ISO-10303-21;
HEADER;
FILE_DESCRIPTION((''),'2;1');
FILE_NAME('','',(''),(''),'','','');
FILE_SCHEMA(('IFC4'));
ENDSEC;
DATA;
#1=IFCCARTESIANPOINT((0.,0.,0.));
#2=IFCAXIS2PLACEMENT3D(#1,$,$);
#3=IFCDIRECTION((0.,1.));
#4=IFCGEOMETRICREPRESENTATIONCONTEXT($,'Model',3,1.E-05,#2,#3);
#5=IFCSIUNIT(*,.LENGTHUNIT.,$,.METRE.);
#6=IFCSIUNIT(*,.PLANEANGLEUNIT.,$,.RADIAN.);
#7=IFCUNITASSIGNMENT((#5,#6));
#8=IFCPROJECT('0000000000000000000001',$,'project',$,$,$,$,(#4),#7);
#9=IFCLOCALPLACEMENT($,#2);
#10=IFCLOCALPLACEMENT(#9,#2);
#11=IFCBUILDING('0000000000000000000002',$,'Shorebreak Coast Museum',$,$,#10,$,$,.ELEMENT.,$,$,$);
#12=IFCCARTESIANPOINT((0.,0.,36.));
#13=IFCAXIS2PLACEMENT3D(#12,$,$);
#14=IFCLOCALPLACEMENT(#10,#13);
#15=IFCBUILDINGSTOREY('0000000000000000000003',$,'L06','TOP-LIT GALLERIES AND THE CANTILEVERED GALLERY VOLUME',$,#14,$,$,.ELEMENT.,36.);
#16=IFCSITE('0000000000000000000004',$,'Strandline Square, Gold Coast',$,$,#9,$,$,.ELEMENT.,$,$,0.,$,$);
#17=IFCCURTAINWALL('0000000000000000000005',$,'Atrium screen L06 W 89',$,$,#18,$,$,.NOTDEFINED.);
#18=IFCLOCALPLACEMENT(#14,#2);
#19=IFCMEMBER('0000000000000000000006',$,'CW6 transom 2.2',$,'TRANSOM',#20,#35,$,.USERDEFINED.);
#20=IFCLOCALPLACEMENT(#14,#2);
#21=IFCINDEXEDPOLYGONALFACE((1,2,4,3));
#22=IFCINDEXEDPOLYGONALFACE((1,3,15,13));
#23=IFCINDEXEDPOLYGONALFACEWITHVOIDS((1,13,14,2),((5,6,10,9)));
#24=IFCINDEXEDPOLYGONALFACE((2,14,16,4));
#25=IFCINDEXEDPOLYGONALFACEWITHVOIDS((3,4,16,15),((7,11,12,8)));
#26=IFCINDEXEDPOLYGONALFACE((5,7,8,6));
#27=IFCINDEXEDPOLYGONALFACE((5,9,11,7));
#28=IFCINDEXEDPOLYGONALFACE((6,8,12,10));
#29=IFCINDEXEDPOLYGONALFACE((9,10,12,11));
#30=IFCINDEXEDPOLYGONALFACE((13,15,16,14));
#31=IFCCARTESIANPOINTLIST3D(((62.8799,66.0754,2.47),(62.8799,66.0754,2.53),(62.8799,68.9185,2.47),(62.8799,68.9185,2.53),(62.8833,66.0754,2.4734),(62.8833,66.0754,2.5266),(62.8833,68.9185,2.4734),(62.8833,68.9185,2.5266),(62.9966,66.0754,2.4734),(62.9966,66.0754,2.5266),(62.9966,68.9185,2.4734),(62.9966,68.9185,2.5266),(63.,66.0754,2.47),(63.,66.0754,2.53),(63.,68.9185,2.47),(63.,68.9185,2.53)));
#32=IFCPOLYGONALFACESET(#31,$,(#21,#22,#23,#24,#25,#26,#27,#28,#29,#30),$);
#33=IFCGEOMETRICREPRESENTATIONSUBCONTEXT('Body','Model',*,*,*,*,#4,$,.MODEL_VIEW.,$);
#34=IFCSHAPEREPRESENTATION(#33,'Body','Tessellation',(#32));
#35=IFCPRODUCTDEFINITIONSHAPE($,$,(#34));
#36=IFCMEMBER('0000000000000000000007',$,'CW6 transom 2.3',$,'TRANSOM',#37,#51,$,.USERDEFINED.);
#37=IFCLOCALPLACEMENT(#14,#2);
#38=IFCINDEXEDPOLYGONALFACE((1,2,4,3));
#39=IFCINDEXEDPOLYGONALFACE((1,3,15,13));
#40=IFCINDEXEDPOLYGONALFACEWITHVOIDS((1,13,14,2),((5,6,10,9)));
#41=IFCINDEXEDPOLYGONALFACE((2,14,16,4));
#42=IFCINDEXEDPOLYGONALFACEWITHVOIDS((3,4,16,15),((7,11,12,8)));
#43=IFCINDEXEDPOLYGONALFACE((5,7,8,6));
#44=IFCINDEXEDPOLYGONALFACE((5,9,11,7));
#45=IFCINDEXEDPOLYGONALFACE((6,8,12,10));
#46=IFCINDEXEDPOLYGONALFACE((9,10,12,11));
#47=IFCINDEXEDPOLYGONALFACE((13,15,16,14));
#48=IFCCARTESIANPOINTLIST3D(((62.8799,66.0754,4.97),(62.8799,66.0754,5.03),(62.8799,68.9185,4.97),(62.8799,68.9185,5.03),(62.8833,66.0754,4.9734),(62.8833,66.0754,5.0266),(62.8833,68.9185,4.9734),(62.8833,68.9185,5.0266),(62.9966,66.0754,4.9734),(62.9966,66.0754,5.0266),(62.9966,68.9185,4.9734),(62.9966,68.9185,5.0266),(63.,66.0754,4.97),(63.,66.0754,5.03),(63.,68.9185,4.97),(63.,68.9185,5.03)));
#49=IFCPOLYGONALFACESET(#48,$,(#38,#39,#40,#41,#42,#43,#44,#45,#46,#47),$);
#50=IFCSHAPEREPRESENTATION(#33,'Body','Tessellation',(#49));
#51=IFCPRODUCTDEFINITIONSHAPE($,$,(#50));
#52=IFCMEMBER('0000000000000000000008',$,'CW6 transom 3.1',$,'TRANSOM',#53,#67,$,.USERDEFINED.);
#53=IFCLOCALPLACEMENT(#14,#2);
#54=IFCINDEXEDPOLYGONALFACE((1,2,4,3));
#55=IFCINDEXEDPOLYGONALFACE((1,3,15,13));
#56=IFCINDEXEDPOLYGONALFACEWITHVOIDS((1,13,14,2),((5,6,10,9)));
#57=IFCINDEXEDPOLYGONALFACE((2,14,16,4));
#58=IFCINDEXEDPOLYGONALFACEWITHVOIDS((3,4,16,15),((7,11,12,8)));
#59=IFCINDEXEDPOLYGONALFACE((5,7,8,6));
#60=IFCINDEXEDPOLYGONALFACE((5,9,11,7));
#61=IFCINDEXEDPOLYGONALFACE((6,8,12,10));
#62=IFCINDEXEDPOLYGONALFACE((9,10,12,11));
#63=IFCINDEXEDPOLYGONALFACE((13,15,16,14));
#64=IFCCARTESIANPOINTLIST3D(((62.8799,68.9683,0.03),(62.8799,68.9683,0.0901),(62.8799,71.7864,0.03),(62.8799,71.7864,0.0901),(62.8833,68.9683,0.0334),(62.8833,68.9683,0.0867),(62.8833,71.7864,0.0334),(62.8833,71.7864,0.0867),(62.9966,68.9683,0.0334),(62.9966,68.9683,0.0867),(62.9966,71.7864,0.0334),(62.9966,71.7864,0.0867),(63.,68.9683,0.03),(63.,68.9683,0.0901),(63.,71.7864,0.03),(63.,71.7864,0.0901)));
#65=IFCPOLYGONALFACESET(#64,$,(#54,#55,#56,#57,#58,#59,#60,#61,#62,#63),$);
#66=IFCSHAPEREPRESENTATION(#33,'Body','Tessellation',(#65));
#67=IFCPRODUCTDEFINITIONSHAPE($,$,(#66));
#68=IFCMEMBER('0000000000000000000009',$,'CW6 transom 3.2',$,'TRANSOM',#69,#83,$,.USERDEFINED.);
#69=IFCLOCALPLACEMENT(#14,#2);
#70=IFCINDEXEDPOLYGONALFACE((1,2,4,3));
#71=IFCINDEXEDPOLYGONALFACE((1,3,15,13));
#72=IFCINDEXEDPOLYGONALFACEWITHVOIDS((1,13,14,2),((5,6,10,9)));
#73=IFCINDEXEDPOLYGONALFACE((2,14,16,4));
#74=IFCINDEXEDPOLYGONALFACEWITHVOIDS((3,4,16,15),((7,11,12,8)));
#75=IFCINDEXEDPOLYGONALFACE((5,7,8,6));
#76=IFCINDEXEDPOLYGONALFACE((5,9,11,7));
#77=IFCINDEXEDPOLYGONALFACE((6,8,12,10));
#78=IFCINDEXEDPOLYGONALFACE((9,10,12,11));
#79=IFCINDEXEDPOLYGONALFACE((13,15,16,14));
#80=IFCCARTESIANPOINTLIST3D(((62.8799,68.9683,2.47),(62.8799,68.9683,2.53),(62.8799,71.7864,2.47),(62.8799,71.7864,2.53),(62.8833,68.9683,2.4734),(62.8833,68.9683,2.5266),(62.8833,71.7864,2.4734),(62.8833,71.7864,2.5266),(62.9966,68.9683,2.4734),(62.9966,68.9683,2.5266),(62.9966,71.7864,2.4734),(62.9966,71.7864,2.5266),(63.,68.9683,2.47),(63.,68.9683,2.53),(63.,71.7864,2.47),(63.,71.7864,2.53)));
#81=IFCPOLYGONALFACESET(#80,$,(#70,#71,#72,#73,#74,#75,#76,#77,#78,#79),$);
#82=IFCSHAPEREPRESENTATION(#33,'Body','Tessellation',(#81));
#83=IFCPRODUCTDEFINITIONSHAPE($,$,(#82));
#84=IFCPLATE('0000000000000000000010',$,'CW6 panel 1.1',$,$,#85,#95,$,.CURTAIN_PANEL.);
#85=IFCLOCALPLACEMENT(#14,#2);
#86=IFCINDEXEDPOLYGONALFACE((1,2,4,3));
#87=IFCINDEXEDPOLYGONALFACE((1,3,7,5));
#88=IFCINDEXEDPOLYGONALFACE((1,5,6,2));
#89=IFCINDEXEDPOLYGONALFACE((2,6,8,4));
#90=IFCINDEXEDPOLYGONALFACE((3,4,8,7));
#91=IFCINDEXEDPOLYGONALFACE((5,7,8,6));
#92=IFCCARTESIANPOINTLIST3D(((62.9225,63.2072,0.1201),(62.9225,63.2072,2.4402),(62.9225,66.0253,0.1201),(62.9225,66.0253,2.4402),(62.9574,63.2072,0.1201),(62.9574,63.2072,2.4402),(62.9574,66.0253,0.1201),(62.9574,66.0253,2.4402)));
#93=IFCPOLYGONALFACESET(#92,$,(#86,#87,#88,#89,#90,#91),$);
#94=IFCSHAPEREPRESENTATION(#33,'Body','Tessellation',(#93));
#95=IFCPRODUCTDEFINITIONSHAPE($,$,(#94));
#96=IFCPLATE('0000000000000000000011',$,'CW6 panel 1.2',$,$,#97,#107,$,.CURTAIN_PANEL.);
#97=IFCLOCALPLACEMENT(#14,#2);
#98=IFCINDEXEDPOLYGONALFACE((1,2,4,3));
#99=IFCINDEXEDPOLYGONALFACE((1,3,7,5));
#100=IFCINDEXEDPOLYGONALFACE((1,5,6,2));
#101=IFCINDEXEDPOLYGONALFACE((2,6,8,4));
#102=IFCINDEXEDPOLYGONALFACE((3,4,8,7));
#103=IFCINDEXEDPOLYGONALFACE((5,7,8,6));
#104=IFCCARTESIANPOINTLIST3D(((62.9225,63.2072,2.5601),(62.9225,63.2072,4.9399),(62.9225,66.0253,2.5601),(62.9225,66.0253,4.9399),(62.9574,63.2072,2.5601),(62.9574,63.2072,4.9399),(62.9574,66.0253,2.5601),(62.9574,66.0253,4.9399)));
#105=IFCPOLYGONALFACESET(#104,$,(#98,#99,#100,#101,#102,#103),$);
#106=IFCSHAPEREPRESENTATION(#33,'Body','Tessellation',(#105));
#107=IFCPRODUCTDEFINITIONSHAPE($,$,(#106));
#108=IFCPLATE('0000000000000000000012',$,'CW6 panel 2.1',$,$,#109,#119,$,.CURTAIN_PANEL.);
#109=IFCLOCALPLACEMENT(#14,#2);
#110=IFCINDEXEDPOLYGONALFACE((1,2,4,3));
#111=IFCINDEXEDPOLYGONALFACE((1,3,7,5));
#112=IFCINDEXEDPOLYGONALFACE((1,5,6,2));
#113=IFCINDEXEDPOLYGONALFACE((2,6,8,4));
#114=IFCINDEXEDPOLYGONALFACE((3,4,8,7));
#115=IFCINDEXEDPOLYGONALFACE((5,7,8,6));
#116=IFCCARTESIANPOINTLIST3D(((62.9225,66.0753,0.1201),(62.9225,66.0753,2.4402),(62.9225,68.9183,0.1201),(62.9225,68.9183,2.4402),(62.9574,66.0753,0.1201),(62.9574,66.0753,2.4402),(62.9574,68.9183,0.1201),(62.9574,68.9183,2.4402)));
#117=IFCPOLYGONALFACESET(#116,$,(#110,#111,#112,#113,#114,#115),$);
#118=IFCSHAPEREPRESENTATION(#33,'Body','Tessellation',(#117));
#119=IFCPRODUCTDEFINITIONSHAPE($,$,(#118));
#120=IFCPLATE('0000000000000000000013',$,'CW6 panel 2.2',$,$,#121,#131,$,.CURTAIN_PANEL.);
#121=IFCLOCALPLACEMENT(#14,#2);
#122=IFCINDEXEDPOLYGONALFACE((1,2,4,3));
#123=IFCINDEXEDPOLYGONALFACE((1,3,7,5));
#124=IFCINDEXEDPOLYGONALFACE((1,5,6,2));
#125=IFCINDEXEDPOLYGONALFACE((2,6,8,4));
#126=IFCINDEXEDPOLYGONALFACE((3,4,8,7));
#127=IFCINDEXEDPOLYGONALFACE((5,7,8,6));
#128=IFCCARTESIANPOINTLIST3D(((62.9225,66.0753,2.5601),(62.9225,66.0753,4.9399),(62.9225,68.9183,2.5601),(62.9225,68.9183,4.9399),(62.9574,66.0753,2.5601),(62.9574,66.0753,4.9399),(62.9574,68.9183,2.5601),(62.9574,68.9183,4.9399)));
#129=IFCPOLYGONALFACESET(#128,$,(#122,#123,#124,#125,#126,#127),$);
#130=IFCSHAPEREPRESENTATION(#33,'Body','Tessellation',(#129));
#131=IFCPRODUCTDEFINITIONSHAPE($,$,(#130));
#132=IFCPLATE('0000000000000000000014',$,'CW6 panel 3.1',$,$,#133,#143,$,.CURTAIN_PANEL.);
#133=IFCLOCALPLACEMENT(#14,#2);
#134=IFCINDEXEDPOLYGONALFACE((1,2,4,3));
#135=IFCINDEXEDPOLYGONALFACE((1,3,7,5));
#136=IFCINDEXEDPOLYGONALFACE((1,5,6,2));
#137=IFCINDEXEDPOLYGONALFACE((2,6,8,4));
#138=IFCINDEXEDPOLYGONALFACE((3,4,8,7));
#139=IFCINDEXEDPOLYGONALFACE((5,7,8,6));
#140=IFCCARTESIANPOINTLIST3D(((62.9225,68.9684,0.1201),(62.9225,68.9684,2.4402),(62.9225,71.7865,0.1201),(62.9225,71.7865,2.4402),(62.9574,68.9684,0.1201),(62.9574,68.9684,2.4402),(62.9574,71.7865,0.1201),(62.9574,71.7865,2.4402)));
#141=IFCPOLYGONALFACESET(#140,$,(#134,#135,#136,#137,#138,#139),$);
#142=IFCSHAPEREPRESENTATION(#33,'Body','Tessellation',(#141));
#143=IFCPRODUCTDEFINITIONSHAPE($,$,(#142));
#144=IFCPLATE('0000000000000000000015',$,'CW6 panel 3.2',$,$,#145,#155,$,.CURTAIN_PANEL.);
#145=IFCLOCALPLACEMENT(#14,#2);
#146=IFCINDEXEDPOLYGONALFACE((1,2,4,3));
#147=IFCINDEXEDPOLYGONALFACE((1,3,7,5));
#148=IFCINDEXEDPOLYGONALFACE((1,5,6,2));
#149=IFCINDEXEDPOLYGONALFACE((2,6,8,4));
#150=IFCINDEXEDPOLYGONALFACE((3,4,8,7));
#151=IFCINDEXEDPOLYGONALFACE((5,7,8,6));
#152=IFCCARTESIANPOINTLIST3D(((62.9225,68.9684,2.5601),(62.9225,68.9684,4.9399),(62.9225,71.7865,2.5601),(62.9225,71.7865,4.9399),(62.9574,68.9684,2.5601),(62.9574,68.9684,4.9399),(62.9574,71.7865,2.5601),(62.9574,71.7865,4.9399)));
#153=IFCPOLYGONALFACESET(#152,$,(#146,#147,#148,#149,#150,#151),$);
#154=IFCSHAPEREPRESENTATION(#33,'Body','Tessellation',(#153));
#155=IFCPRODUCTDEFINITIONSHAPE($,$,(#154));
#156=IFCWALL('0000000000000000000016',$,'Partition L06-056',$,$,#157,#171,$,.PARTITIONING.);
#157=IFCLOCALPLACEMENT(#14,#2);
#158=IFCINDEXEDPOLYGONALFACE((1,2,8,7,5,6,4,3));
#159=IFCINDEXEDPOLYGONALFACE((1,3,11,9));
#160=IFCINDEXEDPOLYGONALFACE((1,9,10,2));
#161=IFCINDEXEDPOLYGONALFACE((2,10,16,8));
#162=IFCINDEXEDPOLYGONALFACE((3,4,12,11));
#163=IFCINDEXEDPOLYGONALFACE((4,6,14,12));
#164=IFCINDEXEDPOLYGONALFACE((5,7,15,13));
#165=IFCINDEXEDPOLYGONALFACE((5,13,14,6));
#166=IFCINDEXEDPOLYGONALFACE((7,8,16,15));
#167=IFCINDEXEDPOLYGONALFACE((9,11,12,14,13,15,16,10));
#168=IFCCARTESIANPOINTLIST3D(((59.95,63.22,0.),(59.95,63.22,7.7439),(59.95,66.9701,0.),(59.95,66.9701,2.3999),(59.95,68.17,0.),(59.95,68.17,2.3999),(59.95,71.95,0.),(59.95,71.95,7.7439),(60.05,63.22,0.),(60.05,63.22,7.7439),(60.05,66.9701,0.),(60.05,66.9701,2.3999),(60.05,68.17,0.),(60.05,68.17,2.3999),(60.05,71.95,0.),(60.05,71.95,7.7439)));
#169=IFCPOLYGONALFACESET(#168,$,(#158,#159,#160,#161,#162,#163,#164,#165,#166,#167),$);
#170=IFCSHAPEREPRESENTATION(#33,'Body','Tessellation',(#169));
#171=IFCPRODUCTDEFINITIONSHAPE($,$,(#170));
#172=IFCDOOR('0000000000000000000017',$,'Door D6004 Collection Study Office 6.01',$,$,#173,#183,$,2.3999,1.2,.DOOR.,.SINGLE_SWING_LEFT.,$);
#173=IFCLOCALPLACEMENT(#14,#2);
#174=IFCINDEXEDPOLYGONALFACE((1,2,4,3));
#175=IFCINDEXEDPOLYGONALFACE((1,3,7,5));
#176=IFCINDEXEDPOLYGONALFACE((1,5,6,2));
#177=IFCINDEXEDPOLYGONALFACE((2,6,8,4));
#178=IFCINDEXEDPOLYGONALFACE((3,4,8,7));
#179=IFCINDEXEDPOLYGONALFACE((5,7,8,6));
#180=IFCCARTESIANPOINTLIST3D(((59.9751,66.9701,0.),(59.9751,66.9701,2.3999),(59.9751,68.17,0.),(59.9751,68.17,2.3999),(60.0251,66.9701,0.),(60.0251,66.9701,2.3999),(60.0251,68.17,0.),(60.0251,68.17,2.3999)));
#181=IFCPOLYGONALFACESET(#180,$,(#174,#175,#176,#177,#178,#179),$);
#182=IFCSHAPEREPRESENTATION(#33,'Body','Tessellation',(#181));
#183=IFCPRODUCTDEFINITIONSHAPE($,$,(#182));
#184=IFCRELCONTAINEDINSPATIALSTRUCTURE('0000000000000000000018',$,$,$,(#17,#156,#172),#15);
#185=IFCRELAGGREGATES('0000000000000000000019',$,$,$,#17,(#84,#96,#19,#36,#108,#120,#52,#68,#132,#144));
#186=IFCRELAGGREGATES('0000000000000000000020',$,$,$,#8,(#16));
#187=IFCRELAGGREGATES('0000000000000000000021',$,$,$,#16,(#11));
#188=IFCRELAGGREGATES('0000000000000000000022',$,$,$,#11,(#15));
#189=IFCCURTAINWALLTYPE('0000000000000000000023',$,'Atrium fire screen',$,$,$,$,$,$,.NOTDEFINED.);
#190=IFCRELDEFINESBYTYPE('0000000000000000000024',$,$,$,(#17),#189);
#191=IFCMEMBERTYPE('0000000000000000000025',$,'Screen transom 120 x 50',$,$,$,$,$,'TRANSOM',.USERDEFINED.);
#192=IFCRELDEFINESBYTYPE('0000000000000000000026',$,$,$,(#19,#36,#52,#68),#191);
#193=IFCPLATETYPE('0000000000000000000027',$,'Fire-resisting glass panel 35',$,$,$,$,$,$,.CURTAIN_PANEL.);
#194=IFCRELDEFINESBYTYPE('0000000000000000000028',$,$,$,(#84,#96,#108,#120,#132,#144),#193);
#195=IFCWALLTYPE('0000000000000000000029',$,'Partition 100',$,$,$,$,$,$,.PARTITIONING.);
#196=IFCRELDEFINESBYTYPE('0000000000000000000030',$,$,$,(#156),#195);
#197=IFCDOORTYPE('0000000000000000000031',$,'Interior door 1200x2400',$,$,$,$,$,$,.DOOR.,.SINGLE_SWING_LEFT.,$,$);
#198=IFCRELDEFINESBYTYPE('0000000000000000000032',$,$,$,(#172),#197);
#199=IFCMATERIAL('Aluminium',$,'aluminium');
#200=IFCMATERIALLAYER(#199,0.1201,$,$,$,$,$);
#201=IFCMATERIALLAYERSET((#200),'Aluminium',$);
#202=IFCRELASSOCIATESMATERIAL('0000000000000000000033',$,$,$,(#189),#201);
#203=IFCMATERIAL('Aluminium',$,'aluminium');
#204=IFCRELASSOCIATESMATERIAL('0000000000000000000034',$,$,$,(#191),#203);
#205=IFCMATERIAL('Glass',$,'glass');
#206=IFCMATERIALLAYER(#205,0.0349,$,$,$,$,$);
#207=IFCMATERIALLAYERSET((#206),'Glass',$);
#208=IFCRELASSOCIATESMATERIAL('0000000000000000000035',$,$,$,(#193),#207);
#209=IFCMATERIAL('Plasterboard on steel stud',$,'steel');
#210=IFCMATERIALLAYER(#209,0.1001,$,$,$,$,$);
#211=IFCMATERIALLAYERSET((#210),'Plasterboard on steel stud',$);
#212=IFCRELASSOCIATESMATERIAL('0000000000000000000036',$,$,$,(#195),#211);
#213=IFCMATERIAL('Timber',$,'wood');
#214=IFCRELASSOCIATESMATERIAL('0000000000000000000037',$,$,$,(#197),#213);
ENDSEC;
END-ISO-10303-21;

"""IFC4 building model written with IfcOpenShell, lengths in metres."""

from ifc_helpers import new_model, si_unit, direction, frame, frame_2d, origin, origin_2d, place, context, subcontext, project, spatial, rectangle, hollow_rectangle, extrude, material, layer, layer_set, material_profile, profile_set, type_object, element, fill, aggregate, save


model = new_model("IFC4")

# Units and contexts
model_context = context("Model", 3, precision=1e-05, world=origin(), true_north=direction((0.0, 1.0)))
body_context = subcontext(model_context, "Body", "Model", "MODEL_VIEW")
ifc_project = project(units=[si_unit("LENGTHUNIT", "METRE"), si_unit("PLANEANGLEUNIT", "RADIAN")], contexts=[model_context])

# Site, building, storey
site_placement = place(None, origin())
site = spatial("IfcSite", under=ifc_project, at=site_placement, Name="Strandline Square, Gold Coast", CompositionType="ELEMENT", RefElevation=0.0)
building_placement = place(site_placement, origin())
building = spatial("IfcBuilding", under=site, at=building_placement, Name="Shorebreak Coast Museum", CompositionType="ELEMENT")
storey_placement = place(building_placement, frame((0.0, 0.0, 36.0)))
storey = spatial("IfcBuildingStorey", under=building, at=storey_placement, Name="L06", Description="TOP-LIT GALLERIES AND THE CANTILEVERED GALLERY VOLUME", CompositionType="ELEMENT", Elevation=36.0)

# Curtain wall, members, plates
ifc_material_1 = material(Name="Aluminium", Category="aluminium")
ifc_layer_1 = layer(ifc_material_1, 0.1201)
ifc_layer_set_1 = layer_set([ifc_layer_1], Name="Aluminium")
curtain_wall_type = type_object("IfcCurtainWallType", Name="Atrium fire screen", PredefinedType="NOTDEFINED", material=ifc_layer_set_1)
curtain_wall_placement = place(storey_placement, origin())
curtain_wall = element("IfcCurtainWall", 1, at=curtain_wall_placement, inside=storey, type_object=curtain_wall_type, Name="Atrium screen L06 W 89", PredefinedType="NOTDEFINED")
ifc_material_2 = material(Name="Aluminium", Category="aluminium")
ifc_material_profile_1 = material_profile(ifc_material_2, hollow_rectangle(XDim=0.1201, YDim=0.0601, WallThickness=0.0034, at=origin_2d()), Name="AL 60x120 RHS")
ifc_profile_set_1 = profile_set([ifc_material_profile_1], Name="Aluminium")
member_type_1 = type_object("IfcMemberType", Name="Screen transom 120 x 50", ElementType="TRANSOM", PredefinedType="USERDEFINED", material=ifc_profile_set_1)
member_1_placement = place(storey_placement, frame((62.9399, 66.0754, 2.5), z_axis=(0.0, 1.0, 0.0), x_axis=(-1.0, 0.0, 0.0)))
member_1 = element("IfcMember", 2, at=member_1_placement, type_object=member_type_1, Name="CW6 transom 2.2", ObjectType="TRANSOM", PredefinedType="USERDEFINED", context=body_context, shape_type="SweptSolid", body=[
    extrude(hollow_rectangle(XDim=0.1201, YDim=0.0601, WallThickness=0.0034, at=origin_2d()), origin(), (0.0, 0.0, 1.0), 2.843),
])
member_2_placement = place(storey_placement, frame((62.9399, 66.0754, 5.0), z_axis=(0.0, 1.0, 0.0), x_axis=(-1.0, 0.0, 0.0)))
member_2 = element("IfcMember", 3, at=member_2_placement, type_object=member_type_1, Name="CW6 transom 2.3", ObjectType="TRANSOM", PredefinedType="USERDEFINED", context=body_context, shape_type="SweptSolid", body=[
    extrude(hollow_rectangle(XDim=0.1201, YDim=0.0601, WallThickness=0.0034, at=origin_2d()), origin(), (0.0, 0.0, 1.0), 2.843),
])
member_3_placement = place(storey_placement, frame((62.9399, 68.9683, 0.0601), z_axis=(0.0, 1.0, 0.0), x_axis=(-1.0, 0.0, 0.0)))
member_3 = element("IfcMember", 4, at=member_3_placement, type_object=member_type_1, Name="CW6 transom 3.1", ObjectType="TRANSOM", PredefinedType="USERDEFINED", context=body_context, shape_type="SweptSolid", body=[
    extrude(hollow_rectangle(XDim=0.1201, YDim=0.0601, WallThickness=0.0034, at=origin_2d()), origin(), (0.0, 0.0, 1.0), 2.8181),
])
member_4_placement = place(storey_placement, frame((62.9399, 68.9683, 2.5), z_axis=(0.0, 1.0, 0.0), x_axis=(-1.0, 0.0, 0.0)))
member_4 = element("IfcMember", 5, at=member_4_placement, type_object=member_type_1, Name="CW6 transom 3.2", ObjectType="TRANSOM", PredefinedType="USERDEFINED", context=body_context, shape_type="SweptSolid", body=[
    extrude(hollow_rectangle(XDim=0.1201, YDim=0.0601, WallThickness=0.0034, at=origin_2d()), origin(), (0.0, 0.0, 1.0), 2.8181),
])
ifc_material_3 = material(Name="Glass", Category="glass")
ifc_layer_2 = layer(ifc_material_3, 0.0349)
ifc_layer_set_2 = layer_set([ifc_layer_2], Name="Glass")
plate_type = type_object("IfcPlateType", Name="Fire-resisting glass panel 35", PredefinedType="CURTAIN_PANEL", material=ifc_layer_set_2)
plate_1_placement = place(storey_placement, frame((62.9399, 64.6162, 0.1201), z_axis=(0.0, 0.0, 1.0), x_axis=(0.0, 1.0, 0.0)))
plate_1 = element("IfcPlate", 6, at=plate_1_placement, type_object=plate_type, Name="CW6 panel 1.1", PredefinedType="CURTAIN_PANEL", context=body_context, shape_type="SweptSolid", body=[
    extrude(rectangle(XDim=2.8181, YDim=0.0349, at=origin_2d()), origin(), (0.0, 0.0, 1.0), 2.3201),
])
plate_2_placement = place(storey_placement, frame((62.9399, 64.6162, 2.5601), z_axis=(0.0, 0.0, 1.0), x_axis=(0.0, 1.0, 0.0)))
plate_2 = element("IfcPlate", 7, at=plate_2_placement, type_object=plate_type, Name="CW6 panel 1.2", PredefinedType="CURTAIN_PANEL", context=body_context, shape_type="SweptSolid", body=[
    extrude(rectangle(XDim=2.8181, YDim=0.0349, at=origin_2d()), origin(), (0.0, 0.0, 1.0), 2.3799),
])
plate_3_placement = place(storey_placement, frame((62.9399, 67.4968, 0.1201), z_axis=(0.0, 0.0, 1.0), x_axis=(0.0, 1.0, 0.0)))
plate_3 = element("IfcPlate", 8, at=plate_3_placement, type_object=plate_type, Name="CW6 panel 2.1", PredefinedType="CURTAIN_PANEL", context=body_context, shape_type="SweptSolid", body=[
    extrude(rectangle(XDim=2.843, YDim=0.0349, at=origin_2d()), origin(), (0.0, 0.0, 1.0), 2.3201),
])
plate_4_placement = place(storey_placement, frame((62.9399, 67.4968, 2.5601), z_axis=(0.0, 0.0, 1.0), x_axis=(0.0, 1.0, 0.0)))
plate_4 = element("IfcPlate", 9, at=plate_4_placement, type_object=plate_type, Name="CW6 panel 2.2", PredefinedType="CURTAIN_PANEL", context=body_context, shape_type="SweptSolid", body=[
    extrude(rectangle(XDim=2.843, YDim=0.0349, at=origin_2d()), origin(), (0.0, 0.0, 1.0), 2.3799),
])
plate_5_placement = place(storey_placement, frame((62.9399, 70.3774, 0.1201), z_axis=(0.0, 0.0, 1.0), x_axis=(0.0, 1.0, 0.0)))
plate_5 = element("IfcPlate", 10, at=plate_5_placement, type_object=plate_type, Name="CW6 panel 3.1", PredefinedType="CURTAIN_PANEL", context=body_context, shape_type="SweptSolid", body=[
    extrude(rectangle(XDim=2.8181, YDim=0.0349, at=origin_2d()), origin(), (0.0, 0.0, 1.0), 2.3201),
])
plate_6_placement = place(storey_placement, frame((62.9399, 70.3774, 2.5601), z_axis=(0.0, 0.0, 1.0), x_axis=(0.0, 1.0, 0.0)))
plate_6 = element("IfcPlate", 11, at=plate_6_placement, type_object=plate_type, Name="CW6 panel 3.2", PredefinedType="CURTAIN_PANEL", context=body_context, shape_type="SweptSolid", body=[
    extrude(rectangle(XDim=2.8181, YDim=0.0349, at=origin_2d()), origin(), (0.0, 0.0, 1.0), 2.3799),
])
aggregate(curtain_wall, [plate_1, plate_2, member_1, member_2, plate_3, plate_4, member_3, member_4, plate_5, plate_6])

# Wall, opening, door
ifc_material_4 = material(Name="Plasterboard on steel stud", Category="steel")
ifc_layer_3 = layer(ifc_material_4, 0.1001)
ifc_layer_set_3 = layer_set([ifc_layer_3], Name="Plasterboard on steel stud")
wall_type = type_object("IfcWallType", Name="Partition 100", PredefinedType="PARTITIONING", material=ifc_layer_set_3)
wall_placement = place(storey_placement, frame((60.0, 63.22, 0.0), z_axis=(0.0, 0.0, 1.0), x_axis=(0.0, 1.0, 0.0)))
wall = element("IfcWall", 12, at=wall_placement, inside=storey, type_object=wall_type, Name="Partition L06-056", PredefinedType="PARTITIONING", context=body_context, shape_type="SweptSolid", body=[
    extrude(rectangle(XDim=8.73, YDim=0.1001, at=frame_2d((4.365, 0.0))), origin(), (0.0, 0.0, 1.0), 7.7439),
])
opening_placement = place(wall_placement, frame((3.75, 0.0, 0.0)))
opening = element("IfcOpeningElement", 13, at=opening_placement, cuts=wall, PredefinedType="OPENING", context=body_context, shape_type="SweptSolid", body=[
    extrude(rectangle(XDim=1.2, YDim=2.3999, at=frame_2d((0.6001, 1.2))), frame((0.0, 0.0601, 0.0), z_axis=(0.0, -1.0, 0.0), x_axis=(1.0, 0.0, 0.0)), (0.0, 0.0, 1.0), 0.1201),
])
ifc_material_5 = material(Name="Timber", Category="wood")
door_type = type_object("IfcDoorType", Name="Interior door 1200x2400", OperationType="SINGLE_SWING_LEFT", PredefinedType="DOOR", material=ifc_material_5)
door_placement = place(opening_placement, origin())
door = element("IfcDoor", 14, at=door_placement, inside=storey, type_object=door_type, Name="Door D6004 Collection Study Office 6.01", OperationType="SINGLE_SWING_LEFT", OverallHeight=2.3999, OverallWidth=1.2, PredefinedType="DOOR", context=body_context, shape_type="SweptSolid", body=[
    extrude(rectangle(XDim=1.2, YDim=2.3999, at=frame_2d((0.6001, 1.2))), frame((0.0, 0.0249, 0.0), z_axis=(0.0, -1.0, 0.0), x_axis=(1.0, 0.0, 0.0)), (0.0, 0.0, 1.0), 0.05),
])
fill(opening, door)

save(model, "model.ifc")
